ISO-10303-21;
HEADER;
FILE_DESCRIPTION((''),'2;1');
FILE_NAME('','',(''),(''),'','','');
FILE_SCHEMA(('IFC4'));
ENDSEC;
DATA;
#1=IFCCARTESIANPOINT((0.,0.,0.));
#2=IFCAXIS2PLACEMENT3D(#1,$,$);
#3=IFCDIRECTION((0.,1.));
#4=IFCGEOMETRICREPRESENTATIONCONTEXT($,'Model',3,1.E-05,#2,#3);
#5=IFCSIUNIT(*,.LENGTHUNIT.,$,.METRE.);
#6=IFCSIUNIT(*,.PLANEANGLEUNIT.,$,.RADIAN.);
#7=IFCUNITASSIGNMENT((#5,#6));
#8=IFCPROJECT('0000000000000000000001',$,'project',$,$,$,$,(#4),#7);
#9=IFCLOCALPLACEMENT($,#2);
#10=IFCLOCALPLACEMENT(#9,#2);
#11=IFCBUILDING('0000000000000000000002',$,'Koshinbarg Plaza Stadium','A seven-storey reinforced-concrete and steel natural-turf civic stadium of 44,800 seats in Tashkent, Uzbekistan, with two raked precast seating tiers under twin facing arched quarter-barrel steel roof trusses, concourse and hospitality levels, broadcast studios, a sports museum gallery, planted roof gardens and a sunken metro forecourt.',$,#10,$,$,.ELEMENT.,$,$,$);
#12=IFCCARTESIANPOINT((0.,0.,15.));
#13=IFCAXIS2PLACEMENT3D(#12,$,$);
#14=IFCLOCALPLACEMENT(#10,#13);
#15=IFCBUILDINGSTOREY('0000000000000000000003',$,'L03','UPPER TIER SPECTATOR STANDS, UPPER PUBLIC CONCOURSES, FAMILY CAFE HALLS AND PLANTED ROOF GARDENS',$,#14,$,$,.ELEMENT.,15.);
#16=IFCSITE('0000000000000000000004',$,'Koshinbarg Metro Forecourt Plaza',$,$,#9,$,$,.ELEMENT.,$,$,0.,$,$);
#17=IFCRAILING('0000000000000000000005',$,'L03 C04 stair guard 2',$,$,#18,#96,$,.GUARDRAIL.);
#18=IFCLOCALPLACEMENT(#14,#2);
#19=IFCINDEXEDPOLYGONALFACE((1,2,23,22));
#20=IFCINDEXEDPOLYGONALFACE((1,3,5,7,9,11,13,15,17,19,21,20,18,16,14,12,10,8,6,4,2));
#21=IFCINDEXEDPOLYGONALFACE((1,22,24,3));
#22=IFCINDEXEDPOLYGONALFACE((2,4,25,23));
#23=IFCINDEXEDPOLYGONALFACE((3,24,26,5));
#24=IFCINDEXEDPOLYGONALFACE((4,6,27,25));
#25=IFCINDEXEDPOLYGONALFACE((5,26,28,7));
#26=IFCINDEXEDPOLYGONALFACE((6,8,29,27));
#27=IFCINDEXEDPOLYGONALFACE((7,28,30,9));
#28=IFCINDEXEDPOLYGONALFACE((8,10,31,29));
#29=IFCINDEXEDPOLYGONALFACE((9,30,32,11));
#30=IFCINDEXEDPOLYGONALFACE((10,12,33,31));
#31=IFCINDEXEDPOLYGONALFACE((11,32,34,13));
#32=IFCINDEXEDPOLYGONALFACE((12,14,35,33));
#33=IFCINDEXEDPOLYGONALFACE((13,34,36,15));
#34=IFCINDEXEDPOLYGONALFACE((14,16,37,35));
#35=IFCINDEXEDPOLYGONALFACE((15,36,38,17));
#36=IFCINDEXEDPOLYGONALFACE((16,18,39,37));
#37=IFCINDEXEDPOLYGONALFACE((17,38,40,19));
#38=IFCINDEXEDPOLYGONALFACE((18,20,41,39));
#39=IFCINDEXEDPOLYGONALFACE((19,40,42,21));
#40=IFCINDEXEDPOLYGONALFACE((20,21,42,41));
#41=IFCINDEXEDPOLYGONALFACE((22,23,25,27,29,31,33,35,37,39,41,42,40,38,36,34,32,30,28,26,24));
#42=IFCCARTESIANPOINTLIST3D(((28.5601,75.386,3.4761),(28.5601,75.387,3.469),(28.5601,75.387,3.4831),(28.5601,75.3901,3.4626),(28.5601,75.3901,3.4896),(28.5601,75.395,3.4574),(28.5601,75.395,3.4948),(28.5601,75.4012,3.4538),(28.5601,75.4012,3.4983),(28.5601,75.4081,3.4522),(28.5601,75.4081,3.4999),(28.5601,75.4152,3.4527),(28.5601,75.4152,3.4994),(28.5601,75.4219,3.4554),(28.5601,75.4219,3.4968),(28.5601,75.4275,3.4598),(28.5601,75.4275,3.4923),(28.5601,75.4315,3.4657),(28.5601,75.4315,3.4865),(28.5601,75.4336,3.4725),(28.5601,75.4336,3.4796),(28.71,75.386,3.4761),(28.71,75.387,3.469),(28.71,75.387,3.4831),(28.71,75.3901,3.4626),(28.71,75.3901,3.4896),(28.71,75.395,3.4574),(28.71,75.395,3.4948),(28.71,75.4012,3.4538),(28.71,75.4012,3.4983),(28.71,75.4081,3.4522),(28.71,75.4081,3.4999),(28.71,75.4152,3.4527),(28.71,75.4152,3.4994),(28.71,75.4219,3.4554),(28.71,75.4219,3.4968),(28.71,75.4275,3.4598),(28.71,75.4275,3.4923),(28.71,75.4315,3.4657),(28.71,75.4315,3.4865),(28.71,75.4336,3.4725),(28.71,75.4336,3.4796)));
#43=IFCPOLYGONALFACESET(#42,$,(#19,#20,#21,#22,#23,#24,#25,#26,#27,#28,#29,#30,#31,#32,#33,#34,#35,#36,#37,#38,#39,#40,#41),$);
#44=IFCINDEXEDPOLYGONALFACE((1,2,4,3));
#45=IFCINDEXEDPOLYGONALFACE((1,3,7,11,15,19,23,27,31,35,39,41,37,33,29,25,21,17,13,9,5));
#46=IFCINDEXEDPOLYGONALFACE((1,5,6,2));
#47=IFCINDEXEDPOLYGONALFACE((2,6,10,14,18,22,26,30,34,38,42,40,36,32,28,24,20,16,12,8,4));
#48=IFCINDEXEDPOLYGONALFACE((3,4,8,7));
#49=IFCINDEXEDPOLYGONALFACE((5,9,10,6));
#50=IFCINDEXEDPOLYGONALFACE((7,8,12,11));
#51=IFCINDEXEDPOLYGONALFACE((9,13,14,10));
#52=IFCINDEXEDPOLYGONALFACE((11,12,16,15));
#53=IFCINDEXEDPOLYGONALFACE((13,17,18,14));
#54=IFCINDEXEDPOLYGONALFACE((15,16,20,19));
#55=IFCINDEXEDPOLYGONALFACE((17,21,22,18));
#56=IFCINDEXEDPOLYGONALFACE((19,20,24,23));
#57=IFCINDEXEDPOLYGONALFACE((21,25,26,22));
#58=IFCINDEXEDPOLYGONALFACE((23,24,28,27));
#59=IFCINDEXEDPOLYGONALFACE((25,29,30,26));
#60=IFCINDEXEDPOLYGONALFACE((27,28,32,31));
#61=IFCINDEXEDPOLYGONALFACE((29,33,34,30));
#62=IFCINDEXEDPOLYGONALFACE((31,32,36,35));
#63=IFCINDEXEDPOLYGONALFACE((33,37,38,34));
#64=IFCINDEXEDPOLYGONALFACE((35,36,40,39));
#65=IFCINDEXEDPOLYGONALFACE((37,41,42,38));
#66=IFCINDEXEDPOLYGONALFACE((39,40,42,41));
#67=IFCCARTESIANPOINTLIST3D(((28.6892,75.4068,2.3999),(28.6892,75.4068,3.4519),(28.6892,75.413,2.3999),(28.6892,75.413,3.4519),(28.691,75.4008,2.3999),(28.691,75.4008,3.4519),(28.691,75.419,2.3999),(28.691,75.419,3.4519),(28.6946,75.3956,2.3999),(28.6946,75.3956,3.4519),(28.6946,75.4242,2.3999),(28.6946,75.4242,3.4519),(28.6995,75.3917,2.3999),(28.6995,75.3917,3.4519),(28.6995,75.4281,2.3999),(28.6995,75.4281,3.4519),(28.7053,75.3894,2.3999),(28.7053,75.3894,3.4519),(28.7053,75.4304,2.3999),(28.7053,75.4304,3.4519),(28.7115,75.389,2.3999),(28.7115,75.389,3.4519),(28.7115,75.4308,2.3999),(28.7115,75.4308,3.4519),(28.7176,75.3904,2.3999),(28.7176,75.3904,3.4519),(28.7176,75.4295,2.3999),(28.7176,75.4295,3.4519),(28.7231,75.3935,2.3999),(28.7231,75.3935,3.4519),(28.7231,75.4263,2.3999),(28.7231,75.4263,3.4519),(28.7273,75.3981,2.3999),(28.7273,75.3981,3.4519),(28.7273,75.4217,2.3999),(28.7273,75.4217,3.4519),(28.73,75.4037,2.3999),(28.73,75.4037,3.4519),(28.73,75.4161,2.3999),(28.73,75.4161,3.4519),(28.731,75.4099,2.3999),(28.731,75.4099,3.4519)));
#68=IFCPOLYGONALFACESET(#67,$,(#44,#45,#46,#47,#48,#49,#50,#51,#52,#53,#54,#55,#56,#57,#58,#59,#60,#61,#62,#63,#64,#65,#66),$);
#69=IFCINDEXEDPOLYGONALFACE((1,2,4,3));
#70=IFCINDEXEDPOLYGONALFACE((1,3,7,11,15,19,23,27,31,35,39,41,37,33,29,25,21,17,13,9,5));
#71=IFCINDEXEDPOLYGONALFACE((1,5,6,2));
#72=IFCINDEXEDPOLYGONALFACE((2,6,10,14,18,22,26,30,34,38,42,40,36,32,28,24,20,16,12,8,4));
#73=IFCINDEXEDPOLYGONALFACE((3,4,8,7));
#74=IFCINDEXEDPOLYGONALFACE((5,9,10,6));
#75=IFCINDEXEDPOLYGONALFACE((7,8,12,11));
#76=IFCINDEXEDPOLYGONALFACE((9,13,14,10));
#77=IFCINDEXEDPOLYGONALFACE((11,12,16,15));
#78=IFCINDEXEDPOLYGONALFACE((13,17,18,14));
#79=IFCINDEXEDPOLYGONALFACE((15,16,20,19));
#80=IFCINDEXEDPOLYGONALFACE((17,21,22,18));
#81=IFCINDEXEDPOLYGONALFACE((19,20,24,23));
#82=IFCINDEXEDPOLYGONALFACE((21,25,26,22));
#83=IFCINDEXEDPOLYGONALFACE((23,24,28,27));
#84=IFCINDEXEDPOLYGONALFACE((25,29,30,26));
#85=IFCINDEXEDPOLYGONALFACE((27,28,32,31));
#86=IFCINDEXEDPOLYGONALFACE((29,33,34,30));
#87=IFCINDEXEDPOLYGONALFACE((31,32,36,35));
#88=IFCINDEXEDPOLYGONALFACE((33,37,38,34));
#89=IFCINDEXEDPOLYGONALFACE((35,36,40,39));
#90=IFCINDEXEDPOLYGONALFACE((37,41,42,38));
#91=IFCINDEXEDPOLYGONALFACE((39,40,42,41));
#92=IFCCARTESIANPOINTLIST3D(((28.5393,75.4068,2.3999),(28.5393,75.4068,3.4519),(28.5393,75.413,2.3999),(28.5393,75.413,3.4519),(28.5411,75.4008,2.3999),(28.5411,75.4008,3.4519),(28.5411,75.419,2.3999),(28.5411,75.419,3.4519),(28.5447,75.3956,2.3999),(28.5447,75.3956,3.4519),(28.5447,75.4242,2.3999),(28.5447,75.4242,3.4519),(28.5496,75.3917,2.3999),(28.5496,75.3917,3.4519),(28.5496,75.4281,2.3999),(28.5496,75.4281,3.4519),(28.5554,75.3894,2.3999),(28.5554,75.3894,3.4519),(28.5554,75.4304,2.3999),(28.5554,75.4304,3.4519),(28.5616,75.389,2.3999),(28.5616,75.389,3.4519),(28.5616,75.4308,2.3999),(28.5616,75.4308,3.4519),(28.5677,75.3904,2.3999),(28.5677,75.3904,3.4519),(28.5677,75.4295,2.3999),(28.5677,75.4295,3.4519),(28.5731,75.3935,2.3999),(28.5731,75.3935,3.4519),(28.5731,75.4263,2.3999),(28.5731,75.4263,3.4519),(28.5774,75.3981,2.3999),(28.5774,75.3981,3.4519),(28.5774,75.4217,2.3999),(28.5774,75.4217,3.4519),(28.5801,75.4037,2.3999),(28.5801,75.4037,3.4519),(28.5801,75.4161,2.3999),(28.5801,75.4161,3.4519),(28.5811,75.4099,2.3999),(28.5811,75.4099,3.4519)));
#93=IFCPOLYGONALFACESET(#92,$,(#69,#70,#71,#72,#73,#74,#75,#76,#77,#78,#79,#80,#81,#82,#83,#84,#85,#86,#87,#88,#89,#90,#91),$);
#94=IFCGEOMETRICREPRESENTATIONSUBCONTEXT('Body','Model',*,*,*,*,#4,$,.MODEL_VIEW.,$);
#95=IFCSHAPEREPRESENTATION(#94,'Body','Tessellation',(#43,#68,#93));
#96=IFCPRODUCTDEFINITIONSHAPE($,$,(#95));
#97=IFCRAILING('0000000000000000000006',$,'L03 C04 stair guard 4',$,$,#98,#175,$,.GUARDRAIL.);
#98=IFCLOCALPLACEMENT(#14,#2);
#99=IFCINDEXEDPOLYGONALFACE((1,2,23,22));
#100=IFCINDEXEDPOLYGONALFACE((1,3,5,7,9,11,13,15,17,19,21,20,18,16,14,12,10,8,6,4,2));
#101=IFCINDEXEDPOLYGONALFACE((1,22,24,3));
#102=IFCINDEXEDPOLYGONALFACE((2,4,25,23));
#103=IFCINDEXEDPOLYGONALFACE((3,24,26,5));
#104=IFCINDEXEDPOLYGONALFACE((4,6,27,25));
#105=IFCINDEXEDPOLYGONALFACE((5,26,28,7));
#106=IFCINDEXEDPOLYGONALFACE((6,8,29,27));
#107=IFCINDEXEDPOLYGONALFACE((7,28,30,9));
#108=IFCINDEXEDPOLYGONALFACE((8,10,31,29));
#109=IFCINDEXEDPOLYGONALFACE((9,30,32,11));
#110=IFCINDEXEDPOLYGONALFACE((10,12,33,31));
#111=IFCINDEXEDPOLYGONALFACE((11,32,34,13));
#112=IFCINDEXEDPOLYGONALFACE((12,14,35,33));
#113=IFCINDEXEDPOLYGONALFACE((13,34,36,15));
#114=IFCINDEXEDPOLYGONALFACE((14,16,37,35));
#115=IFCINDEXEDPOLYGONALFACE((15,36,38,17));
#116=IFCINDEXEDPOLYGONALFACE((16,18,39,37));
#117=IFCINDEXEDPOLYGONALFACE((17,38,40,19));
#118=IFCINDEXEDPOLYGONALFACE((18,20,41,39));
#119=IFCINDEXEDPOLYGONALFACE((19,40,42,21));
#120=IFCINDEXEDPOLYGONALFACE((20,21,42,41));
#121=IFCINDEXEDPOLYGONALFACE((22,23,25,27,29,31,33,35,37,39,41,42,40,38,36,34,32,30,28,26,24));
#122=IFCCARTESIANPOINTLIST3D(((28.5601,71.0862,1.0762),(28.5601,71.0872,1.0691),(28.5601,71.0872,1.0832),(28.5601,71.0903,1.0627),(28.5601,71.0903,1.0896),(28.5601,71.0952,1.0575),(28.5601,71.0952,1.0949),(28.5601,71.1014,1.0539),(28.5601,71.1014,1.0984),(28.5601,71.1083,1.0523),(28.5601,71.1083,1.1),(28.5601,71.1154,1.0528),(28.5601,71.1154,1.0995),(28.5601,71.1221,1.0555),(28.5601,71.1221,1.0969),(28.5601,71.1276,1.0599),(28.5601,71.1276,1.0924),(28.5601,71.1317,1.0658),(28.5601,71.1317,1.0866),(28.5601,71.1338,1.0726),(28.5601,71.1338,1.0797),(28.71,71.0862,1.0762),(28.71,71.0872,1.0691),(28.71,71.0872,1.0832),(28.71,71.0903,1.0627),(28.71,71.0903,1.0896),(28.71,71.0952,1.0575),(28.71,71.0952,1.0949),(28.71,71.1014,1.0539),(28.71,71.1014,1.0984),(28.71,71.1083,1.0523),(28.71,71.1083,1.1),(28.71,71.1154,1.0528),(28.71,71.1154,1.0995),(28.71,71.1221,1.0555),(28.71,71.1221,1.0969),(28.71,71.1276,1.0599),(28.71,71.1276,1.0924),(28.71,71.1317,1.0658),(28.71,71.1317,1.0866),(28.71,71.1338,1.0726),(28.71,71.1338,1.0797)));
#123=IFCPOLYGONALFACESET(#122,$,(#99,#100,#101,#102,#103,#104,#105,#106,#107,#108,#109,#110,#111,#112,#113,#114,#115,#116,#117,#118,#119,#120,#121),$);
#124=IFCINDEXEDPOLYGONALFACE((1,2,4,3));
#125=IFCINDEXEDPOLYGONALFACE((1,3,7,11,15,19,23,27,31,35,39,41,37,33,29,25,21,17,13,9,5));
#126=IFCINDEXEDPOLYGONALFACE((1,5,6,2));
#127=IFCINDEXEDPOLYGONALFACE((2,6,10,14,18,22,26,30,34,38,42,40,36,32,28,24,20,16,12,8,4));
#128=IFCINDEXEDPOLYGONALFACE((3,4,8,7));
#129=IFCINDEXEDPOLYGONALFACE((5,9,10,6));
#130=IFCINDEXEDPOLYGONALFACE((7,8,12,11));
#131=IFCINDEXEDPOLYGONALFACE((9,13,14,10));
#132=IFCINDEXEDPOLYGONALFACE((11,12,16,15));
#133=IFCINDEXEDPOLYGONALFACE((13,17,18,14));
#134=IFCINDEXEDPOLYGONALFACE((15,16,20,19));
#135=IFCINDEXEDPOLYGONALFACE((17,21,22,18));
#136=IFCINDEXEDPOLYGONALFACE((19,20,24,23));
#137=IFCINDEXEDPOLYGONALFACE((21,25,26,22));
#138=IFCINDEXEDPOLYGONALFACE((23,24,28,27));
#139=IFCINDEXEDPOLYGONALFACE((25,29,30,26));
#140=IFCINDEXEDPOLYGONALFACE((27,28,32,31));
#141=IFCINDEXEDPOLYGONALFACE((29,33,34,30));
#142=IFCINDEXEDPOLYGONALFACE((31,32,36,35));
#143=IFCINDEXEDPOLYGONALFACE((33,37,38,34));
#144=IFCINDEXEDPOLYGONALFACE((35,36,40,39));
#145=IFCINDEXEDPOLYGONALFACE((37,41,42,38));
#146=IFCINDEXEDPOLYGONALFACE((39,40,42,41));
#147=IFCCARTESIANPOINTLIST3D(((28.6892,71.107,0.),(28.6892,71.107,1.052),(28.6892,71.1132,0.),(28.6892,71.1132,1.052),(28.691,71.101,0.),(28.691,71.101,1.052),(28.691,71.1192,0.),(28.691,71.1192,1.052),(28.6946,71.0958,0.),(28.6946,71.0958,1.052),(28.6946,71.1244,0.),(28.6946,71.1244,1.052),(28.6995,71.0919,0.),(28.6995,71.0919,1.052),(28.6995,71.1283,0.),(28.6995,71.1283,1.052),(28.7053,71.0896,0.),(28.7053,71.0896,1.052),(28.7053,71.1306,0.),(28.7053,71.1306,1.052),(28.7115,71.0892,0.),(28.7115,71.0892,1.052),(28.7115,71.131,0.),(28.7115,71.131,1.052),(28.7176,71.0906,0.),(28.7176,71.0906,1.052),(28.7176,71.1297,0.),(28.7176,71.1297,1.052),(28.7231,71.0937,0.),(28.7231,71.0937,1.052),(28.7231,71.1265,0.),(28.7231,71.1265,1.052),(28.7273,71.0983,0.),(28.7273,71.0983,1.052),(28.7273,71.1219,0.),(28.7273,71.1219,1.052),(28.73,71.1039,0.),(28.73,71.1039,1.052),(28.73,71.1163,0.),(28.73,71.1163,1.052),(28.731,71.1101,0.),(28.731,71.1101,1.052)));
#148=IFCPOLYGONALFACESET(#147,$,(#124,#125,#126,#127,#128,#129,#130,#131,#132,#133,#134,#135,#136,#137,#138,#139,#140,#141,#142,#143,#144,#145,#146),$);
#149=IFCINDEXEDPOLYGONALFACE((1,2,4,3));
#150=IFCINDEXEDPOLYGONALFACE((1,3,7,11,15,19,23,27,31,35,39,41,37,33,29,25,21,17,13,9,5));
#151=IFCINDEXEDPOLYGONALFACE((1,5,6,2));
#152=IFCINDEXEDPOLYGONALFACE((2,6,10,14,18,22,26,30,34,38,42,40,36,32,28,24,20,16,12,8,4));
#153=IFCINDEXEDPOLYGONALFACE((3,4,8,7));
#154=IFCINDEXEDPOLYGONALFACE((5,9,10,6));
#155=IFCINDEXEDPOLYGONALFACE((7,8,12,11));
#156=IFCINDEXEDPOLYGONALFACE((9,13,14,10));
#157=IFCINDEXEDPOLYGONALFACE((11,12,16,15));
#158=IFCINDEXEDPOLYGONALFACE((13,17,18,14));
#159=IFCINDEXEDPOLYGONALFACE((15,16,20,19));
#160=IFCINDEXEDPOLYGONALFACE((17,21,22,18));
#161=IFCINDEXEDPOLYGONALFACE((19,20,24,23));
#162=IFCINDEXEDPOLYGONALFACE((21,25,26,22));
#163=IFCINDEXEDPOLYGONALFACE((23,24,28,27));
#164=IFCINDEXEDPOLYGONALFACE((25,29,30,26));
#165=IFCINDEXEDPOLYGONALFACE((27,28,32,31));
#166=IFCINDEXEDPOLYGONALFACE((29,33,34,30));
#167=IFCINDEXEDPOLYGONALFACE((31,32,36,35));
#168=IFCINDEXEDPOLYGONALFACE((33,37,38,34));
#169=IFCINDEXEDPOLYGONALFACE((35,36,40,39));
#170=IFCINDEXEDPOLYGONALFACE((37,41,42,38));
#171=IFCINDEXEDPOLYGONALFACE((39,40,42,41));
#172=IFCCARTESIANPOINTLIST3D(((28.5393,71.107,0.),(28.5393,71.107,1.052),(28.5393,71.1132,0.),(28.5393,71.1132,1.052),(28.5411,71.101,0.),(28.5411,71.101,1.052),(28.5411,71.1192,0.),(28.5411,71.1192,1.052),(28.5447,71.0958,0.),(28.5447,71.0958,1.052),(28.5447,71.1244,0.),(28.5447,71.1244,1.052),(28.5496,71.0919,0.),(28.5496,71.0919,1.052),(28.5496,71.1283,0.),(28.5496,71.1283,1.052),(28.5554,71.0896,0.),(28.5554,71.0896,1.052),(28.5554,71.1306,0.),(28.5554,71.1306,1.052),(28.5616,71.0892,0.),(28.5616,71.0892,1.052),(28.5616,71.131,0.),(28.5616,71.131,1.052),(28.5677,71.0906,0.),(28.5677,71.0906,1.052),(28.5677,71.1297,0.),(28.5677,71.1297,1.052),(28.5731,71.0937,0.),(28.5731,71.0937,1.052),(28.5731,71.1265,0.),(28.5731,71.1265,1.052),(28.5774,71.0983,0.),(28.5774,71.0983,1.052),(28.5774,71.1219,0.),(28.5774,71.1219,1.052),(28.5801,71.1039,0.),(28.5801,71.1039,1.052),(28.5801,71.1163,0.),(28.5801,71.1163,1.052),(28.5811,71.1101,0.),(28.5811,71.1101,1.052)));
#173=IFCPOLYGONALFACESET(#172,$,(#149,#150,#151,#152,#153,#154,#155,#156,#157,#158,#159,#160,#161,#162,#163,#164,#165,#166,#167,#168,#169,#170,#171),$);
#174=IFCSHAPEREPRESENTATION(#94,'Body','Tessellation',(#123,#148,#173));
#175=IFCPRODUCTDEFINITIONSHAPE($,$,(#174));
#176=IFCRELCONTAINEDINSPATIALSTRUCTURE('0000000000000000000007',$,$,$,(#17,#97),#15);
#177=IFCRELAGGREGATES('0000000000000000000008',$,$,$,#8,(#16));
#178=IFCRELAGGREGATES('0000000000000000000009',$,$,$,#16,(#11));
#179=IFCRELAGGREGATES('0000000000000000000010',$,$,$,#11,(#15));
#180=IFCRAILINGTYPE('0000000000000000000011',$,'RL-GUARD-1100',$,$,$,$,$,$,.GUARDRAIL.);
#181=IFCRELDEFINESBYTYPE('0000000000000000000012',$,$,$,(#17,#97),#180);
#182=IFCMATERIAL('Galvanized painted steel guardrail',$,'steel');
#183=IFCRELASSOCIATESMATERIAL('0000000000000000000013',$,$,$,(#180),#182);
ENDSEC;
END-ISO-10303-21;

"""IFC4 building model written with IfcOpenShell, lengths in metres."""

from ifc_helpers import new_model, si_unit, direction, frame, origin, origin_2d, place, context, subcontext, project, spatial, circle, extrude, material, type_object, element, save


model = new_model("IFC4")

# Units and contexts
model_context = context("Model", 3, precision=1e-05, world=origin(), true_north=direction((0.0, 1.0)))
body_context = subcontext(model_context, "Body", "Model", "MODEL_VIEW")
ifc_project = project(units=[si_unit("LENGTHUNIT", "METRE"), si_unit("PLANEANGLEUNIT", "RADIAN")], contexts=[model_context])

# Site, building, storey
site_placement = place(None, origin())
site = spatial("IfcSite", under=ifc_project, at=site_placement, Name="Koshinbarg Metro Forecourt Plaza", CompositionType="ELEMENT", RefElevation=0.0)
building_placement = place(site_placement, origin())
building = spatial("IfcBuilding", under=site, at=building_placement, Name="Koshinbarg Plaza Stadium", Description="A seven-storey reinforced-concrete and steel natural-turf civic stadium of 44,800 seats in Tashkent, Uzbekistan, with two raked precast seating tiers under twin facing arched quarter-barrel steel roof trusses, concourse and hospitality levels, broadcast studios, a sports museum gallery, planted roof gardens and a sunken metro forecourt.", CompositionType="ELEMENT")
storey_placement = place(building_placement, frame((0.0, 0.0, 15.0)))
storey = spatial("IfcBuildingStorey", under=building, at=storey_placement, Name="L03", Description="UPPER TIER SPECTATOR STANDS, UPPER PUBLIC CONCOURSES, FAMILY CAFE HALLS AND PLANTED ROOF GARDENS", CompositionType="ELEMENT", Elevation=15.0)

# Railings
ifc_material_1 = material(Name="Galvanized painted steel guardrail", Category="steel")
railing_type_1 = type_object("IfcRailingType", Name="RL-GUARD-1100", PredefinedType="GUARDRAIL", material=ifc_material_1)
for number, where, name in (
    (1, (28.71, 75.4099, 2.3999), "L03 C04 stair guard 2"),
    (2, (28.71, 71.1101, 0.0), "L03 C04 stair guard 4"),
):
    element("IfcRailing", number, at=place(storey_placement, frame(where)), inside=storey, type_object=railing_type_1, Name=name, PredefinedType="GUARDRAIL", context=body_context, shape_type="SweptSolid", body=[
        extrude(circle(Radius=0.0239, at=origin_2d()), frame((0.0, 0.0, 1.0762), z_axis=(-1.0, 0.0, 0.0), x_axis=(0.0, -1.0, 0.0)), (0.0, 0.0, 1.0), 0.1499),
        extrude(circle(Radius=0.021, at=origin_2d()), origin(), (0.0, 0.0, 1.0), 1.052),
        extrude(circle(Radius=0.021, at=origin_2d()), frame((-0.1499, 0.0, 0.0)), (0.0, 0.0, 1.0), 1.052),
    ])

save(model, "model.ifc")
